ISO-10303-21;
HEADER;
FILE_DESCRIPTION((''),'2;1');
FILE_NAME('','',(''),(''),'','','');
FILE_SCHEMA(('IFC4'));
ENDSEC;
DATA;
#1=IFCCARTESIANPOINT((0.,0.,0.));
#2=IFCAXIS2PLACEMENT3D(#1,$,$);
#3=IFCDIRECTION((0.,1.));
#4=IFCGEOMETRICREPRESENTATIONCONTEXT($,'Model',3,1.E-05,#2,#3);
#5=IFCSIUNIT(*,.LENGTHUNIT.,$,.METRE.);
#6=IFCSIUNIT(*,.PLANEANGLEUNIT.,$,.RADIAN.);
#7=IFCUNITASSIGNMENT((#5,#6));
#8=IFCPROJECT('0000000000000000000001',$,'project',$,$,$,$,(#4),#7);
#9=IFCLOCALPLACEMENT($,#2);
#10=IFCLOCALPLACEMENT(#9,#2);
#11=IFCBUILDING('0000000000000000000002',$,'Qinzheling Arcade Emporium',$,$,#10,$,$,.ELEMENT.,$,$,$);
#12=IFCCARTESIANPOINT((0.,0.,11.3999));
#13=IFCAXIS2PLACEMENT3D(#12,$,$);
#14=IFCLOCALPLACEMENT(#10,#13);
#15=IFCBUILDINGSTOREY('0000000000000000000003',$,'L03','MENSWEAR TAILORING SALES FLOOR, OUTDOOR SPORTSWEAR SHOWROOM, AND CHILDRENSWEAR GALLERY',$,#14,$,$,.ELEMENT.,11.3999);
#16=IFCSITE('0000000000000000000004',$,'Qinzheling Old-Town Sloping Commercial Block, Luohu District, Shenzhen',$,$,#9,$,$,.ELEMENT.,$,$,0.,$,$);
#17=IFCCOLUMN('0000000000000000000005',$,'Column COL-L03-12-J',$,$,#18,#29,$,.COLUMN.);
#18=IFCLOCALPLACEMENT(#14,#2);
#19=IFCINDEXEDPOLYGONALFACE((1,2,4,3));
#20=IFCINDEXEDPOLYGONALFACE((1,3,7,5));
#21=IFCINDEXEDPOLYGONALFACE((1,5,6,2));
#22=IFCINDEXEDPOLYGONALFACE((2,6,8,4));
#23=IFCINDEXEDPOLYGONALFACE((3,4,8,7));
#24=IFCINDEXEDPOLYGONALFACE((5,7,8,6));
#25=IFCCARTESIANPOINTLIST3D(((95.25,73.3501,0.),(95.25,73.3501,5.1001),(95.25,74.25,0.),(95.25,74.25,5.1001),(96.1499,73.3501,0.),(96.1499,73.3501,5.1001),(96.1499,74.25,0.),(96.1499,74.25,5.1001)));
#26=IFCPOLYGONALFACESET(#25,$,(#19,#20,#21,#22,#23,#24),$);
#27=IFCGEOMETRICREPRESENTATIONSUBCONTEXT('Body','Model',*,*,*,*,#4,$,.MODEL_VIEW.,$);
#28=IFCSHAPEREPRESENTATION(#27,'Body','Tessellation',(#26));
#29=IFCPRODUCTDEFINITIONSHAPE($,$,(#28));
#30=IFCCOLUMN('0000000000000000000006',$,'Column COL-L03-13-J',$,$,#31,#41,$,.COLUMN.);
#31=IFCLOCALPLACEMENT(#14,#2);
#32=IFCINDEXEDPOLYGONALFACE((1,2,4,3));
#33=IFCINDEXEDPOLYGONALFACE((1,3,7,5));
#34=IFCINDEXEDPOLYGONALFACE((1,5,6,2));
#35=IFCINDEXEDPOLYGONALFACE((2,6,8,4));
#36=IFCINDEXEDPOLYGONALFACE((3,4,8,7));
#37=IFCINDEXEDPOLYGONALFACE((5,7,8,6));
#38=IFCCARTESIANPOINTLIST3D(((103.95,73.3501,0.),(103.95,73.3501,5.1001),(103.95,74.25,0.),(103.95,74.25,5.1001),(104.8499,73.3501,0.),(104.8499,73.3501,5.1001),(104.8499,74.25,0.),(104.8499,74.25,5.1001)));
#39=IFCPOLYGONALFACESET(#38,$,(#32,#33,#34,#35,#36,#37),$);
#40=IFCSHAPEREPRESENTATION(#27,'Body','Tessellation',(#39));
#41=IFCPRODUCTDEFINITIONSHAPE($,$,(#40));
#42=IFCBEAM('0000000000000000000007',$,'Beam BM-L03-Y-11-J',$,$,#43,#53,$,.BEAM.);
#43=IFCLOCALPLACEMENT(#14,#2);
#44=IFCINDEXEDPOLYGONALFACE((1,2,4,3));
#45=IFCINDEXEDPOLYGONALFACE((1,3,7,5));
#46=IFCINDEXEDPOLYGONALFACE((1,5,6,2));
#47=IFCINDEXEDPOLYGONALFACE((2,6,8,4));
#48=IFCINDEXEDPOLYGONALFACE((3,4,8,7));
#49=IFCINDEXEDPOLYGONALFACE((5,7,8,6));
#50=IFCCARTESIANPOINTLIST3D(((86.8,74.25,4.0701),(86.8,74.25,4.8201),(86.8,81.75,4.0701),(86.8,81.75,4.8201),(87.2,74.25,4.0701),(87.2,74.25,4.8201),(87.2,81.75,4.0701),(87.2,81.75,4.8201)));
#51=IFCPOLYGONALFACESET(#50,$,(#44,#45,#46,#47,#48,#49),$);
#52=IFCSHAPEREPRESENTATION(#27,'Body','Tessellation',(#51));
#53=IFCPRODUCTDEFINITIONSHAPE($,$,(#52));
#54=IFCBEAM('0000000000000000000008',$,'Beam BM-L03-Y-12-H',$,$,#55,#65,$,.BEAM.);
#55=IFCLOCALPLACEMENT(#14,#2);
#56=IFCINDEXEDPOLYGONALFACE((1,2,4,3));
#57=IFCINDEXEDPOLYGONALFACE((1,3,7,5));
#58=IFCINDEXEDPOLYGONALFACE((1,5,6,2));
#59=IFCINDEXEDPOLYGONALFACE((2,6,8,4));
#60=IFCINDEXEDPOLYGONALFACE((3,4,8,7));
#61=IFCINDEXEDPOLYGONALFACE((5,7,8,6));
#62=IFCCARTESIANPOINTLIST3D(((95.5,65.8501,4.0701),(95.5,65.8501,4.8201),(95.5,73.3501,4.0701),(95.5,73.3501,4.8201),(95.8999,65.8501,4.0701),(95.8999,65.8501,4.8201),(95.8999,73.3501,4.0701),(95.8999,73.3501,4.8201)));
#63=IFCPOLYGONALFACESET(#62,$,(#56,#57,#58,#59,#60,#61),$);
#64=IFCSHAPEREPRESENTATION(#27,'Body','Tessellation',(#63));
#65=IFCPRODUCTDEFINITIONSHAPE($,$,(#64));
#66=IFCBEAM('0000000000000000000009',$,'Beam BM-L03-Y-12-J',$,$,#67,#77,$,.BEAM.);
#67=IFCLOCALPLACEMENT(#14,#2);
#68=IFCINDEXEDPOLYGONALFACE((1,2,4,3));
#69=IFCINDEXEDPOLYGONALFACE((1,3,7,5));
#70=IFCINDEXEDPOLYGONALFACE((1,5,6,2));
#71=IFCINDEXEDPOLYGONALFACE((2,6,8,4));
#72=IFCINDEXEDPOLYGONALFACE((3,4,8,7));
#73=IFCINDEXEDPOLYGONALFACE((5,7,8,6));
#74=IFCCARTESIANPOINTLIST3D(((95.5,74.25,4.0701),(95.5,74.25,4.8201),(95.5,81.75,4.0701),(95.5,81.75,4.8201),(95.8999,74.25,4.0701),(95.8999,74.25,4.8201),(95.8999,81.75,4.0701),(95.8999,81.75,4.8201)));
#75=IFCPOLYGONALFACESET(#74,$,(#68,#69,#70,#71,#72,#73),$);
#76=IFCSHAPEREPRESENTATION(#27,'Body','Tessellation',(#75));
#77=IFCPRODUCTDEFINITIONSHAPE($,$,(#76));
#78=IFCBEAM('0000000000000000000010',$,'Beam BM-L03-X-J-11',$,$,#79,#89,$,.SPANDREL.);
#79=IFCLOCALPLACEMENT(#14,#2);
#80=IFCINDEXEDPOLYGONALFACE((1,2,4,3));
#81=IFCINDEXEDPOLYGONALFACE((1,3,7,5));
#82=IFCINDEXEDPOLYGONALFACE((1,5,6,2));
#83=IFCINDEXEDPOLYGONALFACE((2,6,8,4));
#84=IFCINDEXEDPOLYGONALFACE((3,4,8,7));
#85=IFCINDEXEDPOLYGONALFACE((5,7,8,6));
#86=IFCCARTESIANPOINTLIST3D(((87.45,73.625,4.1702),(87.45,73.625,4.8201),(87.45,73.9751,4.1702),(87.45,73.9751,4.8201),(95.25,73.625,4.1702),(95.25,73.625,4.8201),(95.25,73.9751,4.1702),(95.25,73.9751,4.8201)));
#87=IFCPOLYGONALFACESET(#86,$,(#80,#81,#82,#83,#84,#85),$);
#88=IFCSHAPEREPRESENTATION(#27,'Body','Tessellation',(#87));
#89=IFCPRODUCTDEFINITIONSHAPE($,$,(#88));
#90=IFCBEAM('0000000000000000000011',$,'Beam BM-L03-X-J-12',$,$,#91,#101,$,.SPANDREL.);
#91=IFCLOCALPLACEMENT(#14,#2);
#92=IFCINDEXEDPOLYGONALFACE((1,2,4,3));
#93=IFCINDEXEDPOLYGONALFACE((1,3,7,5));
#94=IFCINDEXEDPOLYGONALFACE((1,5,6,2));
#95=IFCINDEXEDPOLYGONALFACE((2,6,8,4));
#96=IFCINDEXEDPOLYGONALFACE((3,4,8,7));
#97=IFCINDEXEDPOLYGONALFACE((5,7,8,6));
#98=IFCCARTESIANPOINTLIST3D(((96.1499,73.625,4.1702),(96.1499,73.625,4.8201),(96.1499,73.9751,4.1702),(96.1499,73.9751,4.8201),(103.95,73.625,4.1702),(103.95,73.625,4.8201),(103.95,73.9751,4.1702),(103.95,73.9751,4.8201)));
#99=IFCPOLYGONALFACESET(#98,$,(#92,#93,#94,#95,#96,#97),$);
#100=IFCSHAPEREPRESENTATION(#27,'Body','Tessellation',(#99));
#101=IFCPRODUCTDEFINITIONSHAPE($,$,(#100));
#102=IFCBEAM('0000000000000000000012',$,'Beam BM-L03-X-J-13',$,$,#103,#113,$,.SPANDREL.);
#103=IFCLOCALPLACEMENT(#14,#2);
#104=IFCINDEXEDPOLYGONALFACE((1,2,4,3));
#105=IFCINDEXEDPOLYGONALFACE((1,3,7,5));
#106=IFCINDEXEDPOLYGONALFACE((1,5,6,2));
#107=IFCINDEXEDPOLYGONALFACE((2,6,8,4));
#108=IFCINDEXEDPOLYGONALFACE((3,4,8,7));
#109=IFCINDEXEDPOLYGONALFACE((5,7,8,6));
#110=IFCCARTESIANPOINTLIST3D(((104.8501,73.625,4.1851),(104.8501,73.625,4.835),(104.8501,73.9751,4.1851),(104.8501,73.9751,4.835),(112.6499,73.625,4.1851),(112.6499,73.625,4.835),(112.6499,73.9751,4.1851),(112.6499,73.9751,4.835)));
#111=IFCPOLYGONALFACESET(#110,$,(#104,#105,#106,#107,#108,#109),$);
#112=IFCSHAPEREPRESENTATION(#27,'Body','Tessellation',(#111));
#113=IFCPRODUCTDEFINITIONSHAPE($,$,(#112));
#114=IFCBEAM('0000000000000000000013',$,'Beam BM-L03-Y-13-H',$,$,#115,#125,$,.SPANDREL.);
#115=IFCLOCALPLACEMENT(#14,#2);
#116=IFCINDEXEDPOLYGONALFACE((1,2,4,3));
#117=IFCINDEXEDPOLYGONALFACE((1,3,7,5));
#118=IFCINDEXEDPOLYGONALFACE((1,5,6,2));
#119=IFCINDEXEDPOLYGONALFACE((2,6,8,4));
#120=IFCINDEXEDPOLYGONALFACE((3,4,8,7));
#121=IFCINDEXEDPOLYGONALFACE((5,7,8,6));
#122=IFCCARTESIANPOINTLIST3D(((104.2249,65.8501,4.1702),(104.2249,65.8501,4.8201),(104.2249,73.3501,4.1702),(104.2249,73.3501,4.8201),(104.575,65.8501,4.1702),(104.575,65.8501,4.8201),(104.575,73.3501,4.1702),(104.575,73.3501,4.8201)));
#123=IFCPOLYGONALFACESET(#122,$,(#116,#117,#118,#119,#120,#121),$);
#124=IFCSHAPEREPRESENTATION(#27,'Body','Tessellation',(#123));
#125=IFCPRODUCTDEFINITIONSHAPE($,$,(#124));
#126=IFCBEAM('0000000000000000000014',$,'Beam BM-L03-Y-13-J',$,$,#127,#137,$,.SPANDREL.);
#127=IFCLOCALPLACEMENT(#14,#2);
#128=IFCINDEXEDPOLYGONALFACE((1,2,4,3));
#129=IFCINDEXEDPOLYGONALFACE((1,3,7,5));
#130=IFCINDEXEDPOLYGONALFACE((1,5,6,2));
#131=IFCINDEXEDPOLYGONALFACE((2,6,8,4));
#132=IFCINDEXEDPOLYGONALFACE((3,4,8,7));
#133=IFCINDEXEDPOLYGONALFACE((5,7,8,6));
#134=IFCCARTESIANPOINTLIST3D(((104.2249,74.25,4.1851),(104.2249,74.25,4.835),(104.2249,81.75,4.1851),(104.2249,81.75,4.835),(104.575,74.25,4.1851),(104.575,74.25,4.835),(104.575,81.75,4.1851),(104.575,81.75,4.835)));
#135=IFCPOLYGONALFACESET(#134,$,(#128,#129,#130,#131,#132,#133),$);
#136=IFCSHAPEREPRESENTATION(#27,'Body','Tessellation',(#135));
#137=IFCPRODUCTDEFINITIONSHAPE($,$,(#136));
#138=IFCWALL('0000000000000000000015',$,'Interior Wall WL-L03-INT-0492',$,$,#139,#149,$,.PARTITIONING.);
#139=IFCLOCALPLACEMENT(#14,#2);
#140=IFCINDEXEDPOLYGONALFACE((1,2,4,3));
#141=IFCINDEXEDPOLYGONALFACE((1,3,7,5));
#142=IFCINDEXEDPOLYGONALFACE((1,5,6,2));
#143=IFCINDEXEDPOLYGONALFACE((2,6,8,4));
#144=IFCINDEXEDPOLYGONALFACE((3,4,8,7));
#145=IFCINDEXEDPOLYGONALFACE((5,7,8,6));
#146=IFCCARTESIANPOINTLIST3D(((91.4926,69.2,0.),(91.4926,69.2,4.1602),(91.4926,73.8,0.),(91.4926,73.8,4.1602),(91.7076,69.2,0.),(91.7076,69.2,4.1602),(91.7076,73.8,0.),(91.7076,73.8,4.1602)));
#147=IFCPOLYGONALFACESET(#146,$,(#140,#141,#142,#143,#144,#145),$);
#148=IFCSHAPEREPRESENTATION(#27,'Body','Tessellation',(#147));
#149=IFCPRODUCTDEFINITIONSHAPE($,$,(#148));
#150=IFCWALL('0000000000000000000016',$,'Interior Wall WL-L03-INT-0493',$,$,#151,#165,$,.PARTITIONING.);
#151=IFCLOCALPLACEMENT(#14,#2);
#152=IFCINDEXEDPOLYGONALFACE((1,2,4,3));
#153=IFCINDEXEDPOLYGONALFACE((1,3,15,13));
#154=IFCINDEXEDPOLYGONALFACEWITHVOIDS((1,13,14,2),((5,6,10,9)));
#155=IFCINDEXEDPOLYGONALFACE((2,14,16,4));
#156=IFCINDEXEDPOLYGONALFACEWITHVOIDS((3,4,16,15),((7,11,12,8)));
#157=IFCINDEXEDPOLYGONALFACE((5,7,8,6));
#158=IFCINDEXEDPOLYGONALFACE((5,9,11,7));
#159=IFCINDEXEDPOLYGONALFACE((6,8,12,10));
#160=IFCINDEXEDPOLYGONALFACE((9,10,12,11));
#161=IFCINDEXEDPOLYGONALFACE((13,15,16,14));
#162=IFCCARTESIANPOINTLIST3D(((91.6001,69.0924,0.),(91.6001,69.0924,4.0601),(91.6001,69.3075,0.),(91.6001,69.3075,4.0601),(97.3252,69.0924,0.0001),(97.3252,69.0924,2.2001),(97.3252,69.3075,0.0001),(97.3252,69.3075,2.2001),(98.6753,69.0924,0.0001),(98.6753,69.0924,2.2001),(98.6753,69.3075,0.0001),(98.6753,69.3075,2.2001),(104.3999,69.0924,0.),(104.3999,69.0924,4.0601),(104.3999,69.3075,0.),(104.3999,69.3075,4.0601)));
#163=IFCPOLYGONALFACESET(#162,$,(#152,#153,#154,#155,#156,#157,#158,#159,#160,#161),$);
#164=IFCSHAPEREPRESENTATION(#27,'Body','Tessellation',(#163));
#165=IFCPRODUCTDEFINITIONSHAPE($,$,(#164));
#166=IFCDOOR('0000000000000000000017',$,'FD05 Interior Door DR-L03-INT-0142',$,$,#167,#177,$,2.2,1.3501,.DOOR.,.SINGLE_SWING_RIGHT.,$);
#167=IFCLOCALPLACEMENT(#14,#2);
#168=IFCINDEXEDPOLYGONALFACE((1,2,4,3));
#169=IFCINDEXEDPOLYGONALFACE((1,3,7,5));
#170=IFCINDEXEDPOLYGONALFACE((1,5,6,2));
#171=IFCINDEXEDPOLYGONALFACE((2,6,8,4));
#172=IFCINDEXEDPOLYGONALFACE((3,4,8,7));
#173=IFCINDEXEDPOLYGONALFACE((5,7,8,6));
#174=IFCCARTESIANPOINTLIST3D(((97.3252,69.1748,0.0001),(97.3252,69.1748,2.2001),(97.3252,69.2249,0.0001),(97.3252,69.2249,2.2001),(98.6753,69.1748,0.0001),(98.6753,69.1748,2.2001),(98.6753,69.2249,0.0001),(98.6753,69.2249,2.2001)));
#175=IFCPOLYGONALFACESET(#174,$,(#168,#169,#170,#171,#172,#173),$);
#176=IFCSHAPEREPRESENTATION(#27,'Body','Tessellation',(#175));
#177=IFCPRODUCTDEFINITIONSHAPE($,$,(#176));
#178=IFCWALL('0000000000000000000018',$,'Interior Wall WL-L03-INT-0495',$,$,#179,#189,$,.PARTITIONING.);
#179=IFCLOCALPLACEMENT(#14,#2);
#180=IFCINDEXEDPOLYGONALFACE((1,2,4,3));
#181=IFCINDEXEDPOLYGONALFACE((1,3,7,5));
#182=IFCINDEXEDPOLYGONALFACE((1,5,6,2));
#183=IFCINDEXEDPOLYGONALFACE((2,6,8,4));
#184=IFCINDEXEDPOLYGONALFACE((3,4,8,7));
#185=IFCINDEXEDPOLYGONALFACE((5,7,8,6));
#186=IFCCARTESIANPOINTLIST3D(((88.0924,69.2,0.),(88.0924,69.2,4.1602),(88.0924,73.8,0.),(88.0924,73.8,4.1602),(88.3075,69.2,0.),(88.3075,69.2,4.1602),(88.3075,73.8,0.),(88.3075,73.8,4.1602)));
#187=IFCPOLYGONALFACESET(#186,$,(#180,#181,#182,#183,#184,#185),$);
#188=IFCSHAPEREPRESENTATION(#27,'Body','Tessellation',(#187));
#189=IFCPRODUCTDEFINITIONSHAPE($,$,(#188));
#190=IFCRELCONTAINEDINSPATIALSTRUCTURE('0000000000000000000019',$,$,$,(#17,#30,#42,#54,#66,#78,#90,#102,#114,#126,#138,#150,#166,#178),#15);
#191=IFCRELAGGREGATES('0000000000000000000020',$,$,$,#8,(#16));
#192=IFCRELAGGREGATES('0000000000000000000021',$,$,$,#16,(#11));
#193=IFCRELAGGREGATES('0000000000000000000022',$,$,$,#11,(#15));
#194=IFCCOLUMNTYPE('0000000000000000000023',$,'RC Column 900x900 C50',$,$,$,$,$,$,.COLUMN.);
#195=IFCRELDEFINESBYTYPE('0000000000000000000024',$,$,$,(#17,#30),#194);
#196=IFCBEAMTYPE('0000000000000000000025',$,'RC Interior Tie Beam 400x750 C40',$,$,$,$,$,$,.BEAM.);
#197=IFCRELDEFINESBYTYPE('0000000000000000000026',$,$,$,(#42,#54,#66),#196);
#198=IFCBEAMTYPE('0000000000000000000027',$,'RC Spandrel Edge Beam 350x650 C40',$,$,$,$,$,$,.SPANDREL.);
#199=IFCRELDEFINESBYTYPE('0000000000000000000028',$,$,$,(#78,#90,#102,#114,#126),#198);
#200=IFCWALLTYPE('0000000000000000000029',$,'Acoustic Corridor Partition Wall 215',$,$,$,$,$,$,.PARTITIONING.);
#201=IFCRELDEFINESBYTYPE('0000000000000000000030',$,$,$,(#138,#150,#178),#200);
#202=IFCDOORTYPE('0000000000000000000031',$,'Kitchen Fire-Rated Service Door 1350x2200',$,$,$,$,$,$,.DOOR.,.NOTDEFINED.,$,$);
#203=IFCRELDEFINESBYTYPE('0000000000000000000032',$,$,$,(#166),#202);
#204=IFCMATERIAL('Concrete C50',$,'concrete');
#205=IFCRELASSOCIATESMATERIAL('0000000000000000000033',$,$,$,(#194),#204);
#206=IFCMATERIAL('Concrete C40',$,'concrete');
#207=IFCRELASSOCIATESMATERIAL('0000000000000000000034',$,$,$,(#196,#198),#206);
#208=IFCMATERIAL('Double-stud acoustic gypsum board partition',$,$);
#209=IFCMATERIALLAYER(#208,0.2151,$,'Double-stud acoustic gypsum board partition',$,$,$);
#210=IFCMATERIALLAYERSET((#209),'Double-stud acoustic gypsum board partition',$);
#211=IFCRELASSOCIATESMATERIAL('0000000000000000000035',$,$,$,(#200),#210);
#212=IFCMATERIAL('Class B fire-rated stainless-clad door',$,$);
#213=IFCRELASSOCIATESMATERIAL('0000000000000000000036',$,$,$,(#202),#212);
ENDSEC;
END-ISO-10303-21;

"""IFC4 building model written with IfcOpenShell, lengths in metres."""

from ifc_helpers import new_model, si_unit, direction, frame, frame_2d, origin, origin_2d, place, context, subcontext, project, spatial, rectangle, extrude, material, layer, layer_set, material_profile, profile_set, type_object, element, fill, save


model = new_model("IFC4")

# Units and contexts
model_context = context("Model", 3, precision=1e-05, world=origin(), true_north=direction((0.0, 1.0)))
body_context = subcontext(model_context, "Body", "Model", "MODEL_VIEW")
ifc_project = project(units=[si_unit("LENGTHUNIT", "METRE"), si_unit("PLANEANGLEUNIT", "RADIAN")], contexts=[model_context])

# Site, building, storey
site_placement = place(None, origin())
site = spatial("IfcSite", under=ifc_project, at=site_placement, Name="Qinzheling Old-Town Sloping Commercial Block, Luohu District, Shenzhen", CompositionType="ELEMENT", RefElevation=0.0)
building_placement = place(site_placement, origin())
building = spatial("IfcBuilding", under=site, at=building_placement, Name="Qinzheling Arcade Emporium", CompositionType="ELEMENT")
storey_placement = place(building_placement, frame((0.0, 0.0, 11.3999)))
storey = spatial("IfcBuildingStorey", under=building, at=storey_placement, Name="L03", Description="MENSWEAR TAILORING SALES FLOOR, OUTDOOR SPORTSWEAR SHOWROOM, AND CHILDRENSWEAR GALLERY", CompositionType="ELEMENT", Elevation=11.3999)

# Columns
ifc_material_1 = material(Name="Concrete C50", Category="concrete")
ifc_material_profile_1 = material_profile(ifc_material_1, rectangle(XDim=0.8999, YDim=0.8999, at=origin_2d()), Name="RC 900x900", Category="concrete")
ifc_profile_set_1 = profile_set([ifc_material_profile_1], Name="Concrete C50")
column_type = type_object("IfcColumnType", Name="RC Column 900x900 C50", PredefinedType="COLUMN", material=ifc_profile_set_1)
for number, where, z_axis, x_axis, name in (
    (1, (95.7, 73.8, 0.0), (0.0, 0.0, 1.0), (1.0, 0.0, 0.0), "Column COL-L03-12-J"),
    (2, (104.3999, 73.8, 0.0), (0.0, 0.0, 1.0), (1.0, 0.0, 0.0), "Column COL-L03-13-J"),
):
    element("IfcColumn", number, at=place(storey_placement, frame(where, z_axis=z_axis, x_axis=x_axis)), inside=storey, type_object=column_type, Name=name, PredefinedType="COLUMN", context=body_context, shape_type="SweptSolid", body=[
        extrude(rectangle(XDim=0.8999, YDim=0.8999, at=origin_2d()), origin(), (0.0, 0.0, 1.0), 5.1001),
    ])

# Beams
ifc_material_2 = material(Name="Concrete C40", Category="concrete")
ifc_material_profile_2 = material_profile(ifc_material_2, rectangle(XDim=0.3999, YDim=0.75, at=origin_2d()), Name="RC 400x750", Category="concrete")
ifc_profile_set_2 = profile_set([ifc_material_profile_2], Name="Concrete C40")
beam_type_1 = type_object("IfcBeamType", Name="RC Interior Tie Beam 400x750 C40", PredefinedType="BEAM", material=ifc_profile_set_2)
for number, where, z_axis, x_axis, name in (
    (3, (87.0, 74.25, 4.4451), (0.0, 1.0, 0.0), (-1.0, 0.0, 0.0), "Beam BM-L03-Y-11-J"),
    (4, (95.7, 65.8501, 4.4451), (0.0, 1.0, 0.0), (-1.0, 0.0, 0.0), "Beam BM-L03-Y-12-H"),
    (5, (95.7, 74.25, 4.4451), (0.0, 1.0, 0.0), (-1.0, 0.0, 0.0), "Beam BM-L03-Y-12-J"),
):
    element("IfcBeam", number, at=place(storey_placement, frame(where, z_axis=z_axis, x_axis=x_axis)), inside=storey, type_object=beam_type_1, Name=name, PredefinedType="BEAM", context=body_context, shape_type="SweptSolid", body=[
        extrude(rectangle(XDim=0.3999, YDim=0.75, at=origin_2d()), origin(), (0.0, 0.0, 1.0), 7.5),
    ])
ifc_material_profile_3 = material_profile(ifc_material_2, rectangle(XDim=0.3501, YDim=0.6499, at=origin_2d()), Name="RC 350x650", Category="concrete")
ifc_profile_set_3 = profile_set([ifc_material_profile_3], Name="Concrete C40")
beam_type_2 = type_object("IfcBeamType", Name="RC Spandrel Edge Beam 350x650 C40", PredefinedType="SPANDREL", material=ifc_profile_set_3)
for number, where, z_axis, x_axis, name in (
    (6, (87.45, 73.8, 4.4951), (1.0, 0.0, 0.0), (0.0, 1.0, 0.0), "Beam BM-L03-X-J-11"),
    (7, (96.1499, 73.8, 4.4951), (1.0, 0.0, 0.0), (0.0, 1.0, 0.0), "Beam BM-L03-X-J-12"),
):
    element("IfcBeam", number, at=place(storey_placement, frame(where, z_axis=z_axis, x_axis=x_axis)), inside=storey, type_object=beam_type_2, Name=name, PredefinedType="SPANDREL", context=body_context, shape_type="SweptSolid", body=[
        extrude(rectangle(XDim=0.3501, YDim=0.6499, at=origin_2d()), origin(), (0.0, 0.0, 1.0), 7.8),
    ])
beam_placement = place(storey_placement, frame((104.8501, 73.8, 4.51), z_axis=(1.0, 0.0, 0.0), x_axis=(0.0, 1.0, 0.0)))
element("IfcBeam", 8, at=beam_placement, inside=storey, type_object=beam_type_2, Name="Beam BM-L03-X-J-13", PredefinedType="SPANDREL", context=body_context, shape_type="SweptSolid", body=[
    extrude(rectangle(XDim=0.3501, YDim=0.6499, at=origin_2d()), origin(), (0.0, 0.0, 1.0), 7.7998),
])
for number, where, z_axis, x_axis, name in (
    (9, (104.3999, 65.8501, 4.4951), (0.0, 1.0, 0.0), (-1.0, 0.0, 0.0), "Beam BM-L03-Y-13-H"),
    (10, (104.3999, 74.25, 4.51), (0.0, 1.0, 0.0), (-1.0, 0.0, 0.0), "Beam BM-L03-Y-13-J"),
):
    element("IfcBeam", number, at=place(storey_placement, frame(where, z_axis=z_axis, x_axis=x_axis)), inside=storey, type_object=beam_type_2, Name=name, PredefinedType="SPANDREL", context=body_context, shape_type="SweptSolid", body=[
        extrude(rectangle(XDim=0.3501, YDim=0.6499, at=origin_2d()), origin(), (0.0, 0.0, 1.0), 7.5),
    ])

# Wall
ifc_material_3 = material(Name="Double-stud acoustic gypsum board partition")
ifc_layer_1 = layer(ifc_material_3, 0.2151, Name="Double-stud acoustic gypsum board partition")
ifc_layer_set_1 = layer_set([ifc_layer_1], Name="Double-stud acoustic gypsum board partition")
wall_type_1 = type_object("IfcWallType", Name="Acoustic Corridor Partition Wall 215", PredefinedType="PARTITIONING", material=ifc_layer_set_1)
wall_1_placement = place(storey_placement, frame((91.6001, 73.8, 0.0), z_axis=(0.0, 0.0, 1.0), x_axis=(0.0, -1.0, 0.0)))
element("IfcWall", 11, at=wall_1_placement, inside=storey, type_object=wall_type_1, Name="Interior Wall WL-L03-INT-0492", PredefinedType="PARTITIONING", context=body_context, shape_type="SweptSolid", body=[
    extrude(rectangle(XDim=4.6001, YDim=0.2151, at=frame_2d((2.3, 0.0))), origin(), (0.0, 0.0, 1.0), 4.1602),
])

# Wall, opening, door
wall_2_placement = place(storey_placement, frame((91.6001, 69.2, 0.0), z_axis=(0.0, 0.0, 1.0), x_axis=(1.0, 0.0, 0.0)))
wall_2 = element("IfcWall", 12, at=wall_2_placement, inside=storey, type_object=wall_type_1, Name="Interior Wall WL-L03-INT-0493", PredefinedType="PARTITIONING", context=body_context, shape_type="SweptSolid", body=[
    extrude(rectangle(XDim=12.7998, YDim=0.2151, at=frame_2d((6.3999, 0.0))), origin(), (0.0, 0.0, 1.0), 4.0601),
])
opening_1_placement = place(wall_2_placement, frame((5.7251, 0.0, 0.0)))
opening_1 = element("IfcOpeningElement", 13, at=opening_1_placement, cuts=wall_2, PredefinedType="OPENING", context=body_context, shape_type="SweptSolid", body=[
    extrude(rectangle(XDim=1.3501, YDim=2.2, at=frame_2d((0.675, 1.1001))), frame((0.0, 0.1177, 0.0), z_axis=(0.0, -1.0, 0.0), x_axis=(1.0, 0.0, 0.0)), (0.0, 0.0, 1.0), 0.2351),
])
ifc_material_4 = material(Name="Class B fire-rated stainless-clad door")
door_type_1 = type_object("IfcDoorType", Name="Kitchen Fire-Rated Service Door 1350x2200", OperationType="NOTDEFINED", PredefinedType="DOOR", material=ifc_material_4)
door_1_placement = place(opening_1_placement, origin())
door_1 = element("IfcDoor", 14, at=door_1_placement, inside=storey, type_object=door_type_1, Name="FD05 Interior Door DR-L03-INT-0142", OperationType="SINGLE_SWING_RIGHT", OverallHeight=2.2, OverallWidth=1.3501, PredefinedType="DOOR", context=body_context, shape_type="SweptSolid", body=[
    extrude(rectangle(XDim=1.3501, YDim=2.2, at=frame_2d((0.675, 1.1001))), frame((0.0, 0.0249, 0.0), z_axis=(0.0, -1.0, 0.0), x_axis=(1.0, 0.0, 0.0)), (0.0, 0.0, 1.0), 0.05),
])
fill(opening_1, door_1)

# Wall
wall_3_placement = place(storey_placement, frame((88.2, 69.2, 0.0), z_axis=(0.0, 0.0, 1.0), x_axis=(0.0, 1.0, 0.0)))
element("IfcWall", 15, at=wall_3_placement, inside=storey, type_object=wall_type_1, Name="Interior Wall WL-L03-INT-0495", PredefinedType="PARTITIONING", context=body_context, shape_type="SweptSolid", body=[
    extrude(rectangle(XDim=4.6001, YDim=0.2151, at=frame_2d((2.3, 0.0))), origin(), (0.0, 0.0, 1.0), 4.1602),
])

save(model, "model.ifc")
